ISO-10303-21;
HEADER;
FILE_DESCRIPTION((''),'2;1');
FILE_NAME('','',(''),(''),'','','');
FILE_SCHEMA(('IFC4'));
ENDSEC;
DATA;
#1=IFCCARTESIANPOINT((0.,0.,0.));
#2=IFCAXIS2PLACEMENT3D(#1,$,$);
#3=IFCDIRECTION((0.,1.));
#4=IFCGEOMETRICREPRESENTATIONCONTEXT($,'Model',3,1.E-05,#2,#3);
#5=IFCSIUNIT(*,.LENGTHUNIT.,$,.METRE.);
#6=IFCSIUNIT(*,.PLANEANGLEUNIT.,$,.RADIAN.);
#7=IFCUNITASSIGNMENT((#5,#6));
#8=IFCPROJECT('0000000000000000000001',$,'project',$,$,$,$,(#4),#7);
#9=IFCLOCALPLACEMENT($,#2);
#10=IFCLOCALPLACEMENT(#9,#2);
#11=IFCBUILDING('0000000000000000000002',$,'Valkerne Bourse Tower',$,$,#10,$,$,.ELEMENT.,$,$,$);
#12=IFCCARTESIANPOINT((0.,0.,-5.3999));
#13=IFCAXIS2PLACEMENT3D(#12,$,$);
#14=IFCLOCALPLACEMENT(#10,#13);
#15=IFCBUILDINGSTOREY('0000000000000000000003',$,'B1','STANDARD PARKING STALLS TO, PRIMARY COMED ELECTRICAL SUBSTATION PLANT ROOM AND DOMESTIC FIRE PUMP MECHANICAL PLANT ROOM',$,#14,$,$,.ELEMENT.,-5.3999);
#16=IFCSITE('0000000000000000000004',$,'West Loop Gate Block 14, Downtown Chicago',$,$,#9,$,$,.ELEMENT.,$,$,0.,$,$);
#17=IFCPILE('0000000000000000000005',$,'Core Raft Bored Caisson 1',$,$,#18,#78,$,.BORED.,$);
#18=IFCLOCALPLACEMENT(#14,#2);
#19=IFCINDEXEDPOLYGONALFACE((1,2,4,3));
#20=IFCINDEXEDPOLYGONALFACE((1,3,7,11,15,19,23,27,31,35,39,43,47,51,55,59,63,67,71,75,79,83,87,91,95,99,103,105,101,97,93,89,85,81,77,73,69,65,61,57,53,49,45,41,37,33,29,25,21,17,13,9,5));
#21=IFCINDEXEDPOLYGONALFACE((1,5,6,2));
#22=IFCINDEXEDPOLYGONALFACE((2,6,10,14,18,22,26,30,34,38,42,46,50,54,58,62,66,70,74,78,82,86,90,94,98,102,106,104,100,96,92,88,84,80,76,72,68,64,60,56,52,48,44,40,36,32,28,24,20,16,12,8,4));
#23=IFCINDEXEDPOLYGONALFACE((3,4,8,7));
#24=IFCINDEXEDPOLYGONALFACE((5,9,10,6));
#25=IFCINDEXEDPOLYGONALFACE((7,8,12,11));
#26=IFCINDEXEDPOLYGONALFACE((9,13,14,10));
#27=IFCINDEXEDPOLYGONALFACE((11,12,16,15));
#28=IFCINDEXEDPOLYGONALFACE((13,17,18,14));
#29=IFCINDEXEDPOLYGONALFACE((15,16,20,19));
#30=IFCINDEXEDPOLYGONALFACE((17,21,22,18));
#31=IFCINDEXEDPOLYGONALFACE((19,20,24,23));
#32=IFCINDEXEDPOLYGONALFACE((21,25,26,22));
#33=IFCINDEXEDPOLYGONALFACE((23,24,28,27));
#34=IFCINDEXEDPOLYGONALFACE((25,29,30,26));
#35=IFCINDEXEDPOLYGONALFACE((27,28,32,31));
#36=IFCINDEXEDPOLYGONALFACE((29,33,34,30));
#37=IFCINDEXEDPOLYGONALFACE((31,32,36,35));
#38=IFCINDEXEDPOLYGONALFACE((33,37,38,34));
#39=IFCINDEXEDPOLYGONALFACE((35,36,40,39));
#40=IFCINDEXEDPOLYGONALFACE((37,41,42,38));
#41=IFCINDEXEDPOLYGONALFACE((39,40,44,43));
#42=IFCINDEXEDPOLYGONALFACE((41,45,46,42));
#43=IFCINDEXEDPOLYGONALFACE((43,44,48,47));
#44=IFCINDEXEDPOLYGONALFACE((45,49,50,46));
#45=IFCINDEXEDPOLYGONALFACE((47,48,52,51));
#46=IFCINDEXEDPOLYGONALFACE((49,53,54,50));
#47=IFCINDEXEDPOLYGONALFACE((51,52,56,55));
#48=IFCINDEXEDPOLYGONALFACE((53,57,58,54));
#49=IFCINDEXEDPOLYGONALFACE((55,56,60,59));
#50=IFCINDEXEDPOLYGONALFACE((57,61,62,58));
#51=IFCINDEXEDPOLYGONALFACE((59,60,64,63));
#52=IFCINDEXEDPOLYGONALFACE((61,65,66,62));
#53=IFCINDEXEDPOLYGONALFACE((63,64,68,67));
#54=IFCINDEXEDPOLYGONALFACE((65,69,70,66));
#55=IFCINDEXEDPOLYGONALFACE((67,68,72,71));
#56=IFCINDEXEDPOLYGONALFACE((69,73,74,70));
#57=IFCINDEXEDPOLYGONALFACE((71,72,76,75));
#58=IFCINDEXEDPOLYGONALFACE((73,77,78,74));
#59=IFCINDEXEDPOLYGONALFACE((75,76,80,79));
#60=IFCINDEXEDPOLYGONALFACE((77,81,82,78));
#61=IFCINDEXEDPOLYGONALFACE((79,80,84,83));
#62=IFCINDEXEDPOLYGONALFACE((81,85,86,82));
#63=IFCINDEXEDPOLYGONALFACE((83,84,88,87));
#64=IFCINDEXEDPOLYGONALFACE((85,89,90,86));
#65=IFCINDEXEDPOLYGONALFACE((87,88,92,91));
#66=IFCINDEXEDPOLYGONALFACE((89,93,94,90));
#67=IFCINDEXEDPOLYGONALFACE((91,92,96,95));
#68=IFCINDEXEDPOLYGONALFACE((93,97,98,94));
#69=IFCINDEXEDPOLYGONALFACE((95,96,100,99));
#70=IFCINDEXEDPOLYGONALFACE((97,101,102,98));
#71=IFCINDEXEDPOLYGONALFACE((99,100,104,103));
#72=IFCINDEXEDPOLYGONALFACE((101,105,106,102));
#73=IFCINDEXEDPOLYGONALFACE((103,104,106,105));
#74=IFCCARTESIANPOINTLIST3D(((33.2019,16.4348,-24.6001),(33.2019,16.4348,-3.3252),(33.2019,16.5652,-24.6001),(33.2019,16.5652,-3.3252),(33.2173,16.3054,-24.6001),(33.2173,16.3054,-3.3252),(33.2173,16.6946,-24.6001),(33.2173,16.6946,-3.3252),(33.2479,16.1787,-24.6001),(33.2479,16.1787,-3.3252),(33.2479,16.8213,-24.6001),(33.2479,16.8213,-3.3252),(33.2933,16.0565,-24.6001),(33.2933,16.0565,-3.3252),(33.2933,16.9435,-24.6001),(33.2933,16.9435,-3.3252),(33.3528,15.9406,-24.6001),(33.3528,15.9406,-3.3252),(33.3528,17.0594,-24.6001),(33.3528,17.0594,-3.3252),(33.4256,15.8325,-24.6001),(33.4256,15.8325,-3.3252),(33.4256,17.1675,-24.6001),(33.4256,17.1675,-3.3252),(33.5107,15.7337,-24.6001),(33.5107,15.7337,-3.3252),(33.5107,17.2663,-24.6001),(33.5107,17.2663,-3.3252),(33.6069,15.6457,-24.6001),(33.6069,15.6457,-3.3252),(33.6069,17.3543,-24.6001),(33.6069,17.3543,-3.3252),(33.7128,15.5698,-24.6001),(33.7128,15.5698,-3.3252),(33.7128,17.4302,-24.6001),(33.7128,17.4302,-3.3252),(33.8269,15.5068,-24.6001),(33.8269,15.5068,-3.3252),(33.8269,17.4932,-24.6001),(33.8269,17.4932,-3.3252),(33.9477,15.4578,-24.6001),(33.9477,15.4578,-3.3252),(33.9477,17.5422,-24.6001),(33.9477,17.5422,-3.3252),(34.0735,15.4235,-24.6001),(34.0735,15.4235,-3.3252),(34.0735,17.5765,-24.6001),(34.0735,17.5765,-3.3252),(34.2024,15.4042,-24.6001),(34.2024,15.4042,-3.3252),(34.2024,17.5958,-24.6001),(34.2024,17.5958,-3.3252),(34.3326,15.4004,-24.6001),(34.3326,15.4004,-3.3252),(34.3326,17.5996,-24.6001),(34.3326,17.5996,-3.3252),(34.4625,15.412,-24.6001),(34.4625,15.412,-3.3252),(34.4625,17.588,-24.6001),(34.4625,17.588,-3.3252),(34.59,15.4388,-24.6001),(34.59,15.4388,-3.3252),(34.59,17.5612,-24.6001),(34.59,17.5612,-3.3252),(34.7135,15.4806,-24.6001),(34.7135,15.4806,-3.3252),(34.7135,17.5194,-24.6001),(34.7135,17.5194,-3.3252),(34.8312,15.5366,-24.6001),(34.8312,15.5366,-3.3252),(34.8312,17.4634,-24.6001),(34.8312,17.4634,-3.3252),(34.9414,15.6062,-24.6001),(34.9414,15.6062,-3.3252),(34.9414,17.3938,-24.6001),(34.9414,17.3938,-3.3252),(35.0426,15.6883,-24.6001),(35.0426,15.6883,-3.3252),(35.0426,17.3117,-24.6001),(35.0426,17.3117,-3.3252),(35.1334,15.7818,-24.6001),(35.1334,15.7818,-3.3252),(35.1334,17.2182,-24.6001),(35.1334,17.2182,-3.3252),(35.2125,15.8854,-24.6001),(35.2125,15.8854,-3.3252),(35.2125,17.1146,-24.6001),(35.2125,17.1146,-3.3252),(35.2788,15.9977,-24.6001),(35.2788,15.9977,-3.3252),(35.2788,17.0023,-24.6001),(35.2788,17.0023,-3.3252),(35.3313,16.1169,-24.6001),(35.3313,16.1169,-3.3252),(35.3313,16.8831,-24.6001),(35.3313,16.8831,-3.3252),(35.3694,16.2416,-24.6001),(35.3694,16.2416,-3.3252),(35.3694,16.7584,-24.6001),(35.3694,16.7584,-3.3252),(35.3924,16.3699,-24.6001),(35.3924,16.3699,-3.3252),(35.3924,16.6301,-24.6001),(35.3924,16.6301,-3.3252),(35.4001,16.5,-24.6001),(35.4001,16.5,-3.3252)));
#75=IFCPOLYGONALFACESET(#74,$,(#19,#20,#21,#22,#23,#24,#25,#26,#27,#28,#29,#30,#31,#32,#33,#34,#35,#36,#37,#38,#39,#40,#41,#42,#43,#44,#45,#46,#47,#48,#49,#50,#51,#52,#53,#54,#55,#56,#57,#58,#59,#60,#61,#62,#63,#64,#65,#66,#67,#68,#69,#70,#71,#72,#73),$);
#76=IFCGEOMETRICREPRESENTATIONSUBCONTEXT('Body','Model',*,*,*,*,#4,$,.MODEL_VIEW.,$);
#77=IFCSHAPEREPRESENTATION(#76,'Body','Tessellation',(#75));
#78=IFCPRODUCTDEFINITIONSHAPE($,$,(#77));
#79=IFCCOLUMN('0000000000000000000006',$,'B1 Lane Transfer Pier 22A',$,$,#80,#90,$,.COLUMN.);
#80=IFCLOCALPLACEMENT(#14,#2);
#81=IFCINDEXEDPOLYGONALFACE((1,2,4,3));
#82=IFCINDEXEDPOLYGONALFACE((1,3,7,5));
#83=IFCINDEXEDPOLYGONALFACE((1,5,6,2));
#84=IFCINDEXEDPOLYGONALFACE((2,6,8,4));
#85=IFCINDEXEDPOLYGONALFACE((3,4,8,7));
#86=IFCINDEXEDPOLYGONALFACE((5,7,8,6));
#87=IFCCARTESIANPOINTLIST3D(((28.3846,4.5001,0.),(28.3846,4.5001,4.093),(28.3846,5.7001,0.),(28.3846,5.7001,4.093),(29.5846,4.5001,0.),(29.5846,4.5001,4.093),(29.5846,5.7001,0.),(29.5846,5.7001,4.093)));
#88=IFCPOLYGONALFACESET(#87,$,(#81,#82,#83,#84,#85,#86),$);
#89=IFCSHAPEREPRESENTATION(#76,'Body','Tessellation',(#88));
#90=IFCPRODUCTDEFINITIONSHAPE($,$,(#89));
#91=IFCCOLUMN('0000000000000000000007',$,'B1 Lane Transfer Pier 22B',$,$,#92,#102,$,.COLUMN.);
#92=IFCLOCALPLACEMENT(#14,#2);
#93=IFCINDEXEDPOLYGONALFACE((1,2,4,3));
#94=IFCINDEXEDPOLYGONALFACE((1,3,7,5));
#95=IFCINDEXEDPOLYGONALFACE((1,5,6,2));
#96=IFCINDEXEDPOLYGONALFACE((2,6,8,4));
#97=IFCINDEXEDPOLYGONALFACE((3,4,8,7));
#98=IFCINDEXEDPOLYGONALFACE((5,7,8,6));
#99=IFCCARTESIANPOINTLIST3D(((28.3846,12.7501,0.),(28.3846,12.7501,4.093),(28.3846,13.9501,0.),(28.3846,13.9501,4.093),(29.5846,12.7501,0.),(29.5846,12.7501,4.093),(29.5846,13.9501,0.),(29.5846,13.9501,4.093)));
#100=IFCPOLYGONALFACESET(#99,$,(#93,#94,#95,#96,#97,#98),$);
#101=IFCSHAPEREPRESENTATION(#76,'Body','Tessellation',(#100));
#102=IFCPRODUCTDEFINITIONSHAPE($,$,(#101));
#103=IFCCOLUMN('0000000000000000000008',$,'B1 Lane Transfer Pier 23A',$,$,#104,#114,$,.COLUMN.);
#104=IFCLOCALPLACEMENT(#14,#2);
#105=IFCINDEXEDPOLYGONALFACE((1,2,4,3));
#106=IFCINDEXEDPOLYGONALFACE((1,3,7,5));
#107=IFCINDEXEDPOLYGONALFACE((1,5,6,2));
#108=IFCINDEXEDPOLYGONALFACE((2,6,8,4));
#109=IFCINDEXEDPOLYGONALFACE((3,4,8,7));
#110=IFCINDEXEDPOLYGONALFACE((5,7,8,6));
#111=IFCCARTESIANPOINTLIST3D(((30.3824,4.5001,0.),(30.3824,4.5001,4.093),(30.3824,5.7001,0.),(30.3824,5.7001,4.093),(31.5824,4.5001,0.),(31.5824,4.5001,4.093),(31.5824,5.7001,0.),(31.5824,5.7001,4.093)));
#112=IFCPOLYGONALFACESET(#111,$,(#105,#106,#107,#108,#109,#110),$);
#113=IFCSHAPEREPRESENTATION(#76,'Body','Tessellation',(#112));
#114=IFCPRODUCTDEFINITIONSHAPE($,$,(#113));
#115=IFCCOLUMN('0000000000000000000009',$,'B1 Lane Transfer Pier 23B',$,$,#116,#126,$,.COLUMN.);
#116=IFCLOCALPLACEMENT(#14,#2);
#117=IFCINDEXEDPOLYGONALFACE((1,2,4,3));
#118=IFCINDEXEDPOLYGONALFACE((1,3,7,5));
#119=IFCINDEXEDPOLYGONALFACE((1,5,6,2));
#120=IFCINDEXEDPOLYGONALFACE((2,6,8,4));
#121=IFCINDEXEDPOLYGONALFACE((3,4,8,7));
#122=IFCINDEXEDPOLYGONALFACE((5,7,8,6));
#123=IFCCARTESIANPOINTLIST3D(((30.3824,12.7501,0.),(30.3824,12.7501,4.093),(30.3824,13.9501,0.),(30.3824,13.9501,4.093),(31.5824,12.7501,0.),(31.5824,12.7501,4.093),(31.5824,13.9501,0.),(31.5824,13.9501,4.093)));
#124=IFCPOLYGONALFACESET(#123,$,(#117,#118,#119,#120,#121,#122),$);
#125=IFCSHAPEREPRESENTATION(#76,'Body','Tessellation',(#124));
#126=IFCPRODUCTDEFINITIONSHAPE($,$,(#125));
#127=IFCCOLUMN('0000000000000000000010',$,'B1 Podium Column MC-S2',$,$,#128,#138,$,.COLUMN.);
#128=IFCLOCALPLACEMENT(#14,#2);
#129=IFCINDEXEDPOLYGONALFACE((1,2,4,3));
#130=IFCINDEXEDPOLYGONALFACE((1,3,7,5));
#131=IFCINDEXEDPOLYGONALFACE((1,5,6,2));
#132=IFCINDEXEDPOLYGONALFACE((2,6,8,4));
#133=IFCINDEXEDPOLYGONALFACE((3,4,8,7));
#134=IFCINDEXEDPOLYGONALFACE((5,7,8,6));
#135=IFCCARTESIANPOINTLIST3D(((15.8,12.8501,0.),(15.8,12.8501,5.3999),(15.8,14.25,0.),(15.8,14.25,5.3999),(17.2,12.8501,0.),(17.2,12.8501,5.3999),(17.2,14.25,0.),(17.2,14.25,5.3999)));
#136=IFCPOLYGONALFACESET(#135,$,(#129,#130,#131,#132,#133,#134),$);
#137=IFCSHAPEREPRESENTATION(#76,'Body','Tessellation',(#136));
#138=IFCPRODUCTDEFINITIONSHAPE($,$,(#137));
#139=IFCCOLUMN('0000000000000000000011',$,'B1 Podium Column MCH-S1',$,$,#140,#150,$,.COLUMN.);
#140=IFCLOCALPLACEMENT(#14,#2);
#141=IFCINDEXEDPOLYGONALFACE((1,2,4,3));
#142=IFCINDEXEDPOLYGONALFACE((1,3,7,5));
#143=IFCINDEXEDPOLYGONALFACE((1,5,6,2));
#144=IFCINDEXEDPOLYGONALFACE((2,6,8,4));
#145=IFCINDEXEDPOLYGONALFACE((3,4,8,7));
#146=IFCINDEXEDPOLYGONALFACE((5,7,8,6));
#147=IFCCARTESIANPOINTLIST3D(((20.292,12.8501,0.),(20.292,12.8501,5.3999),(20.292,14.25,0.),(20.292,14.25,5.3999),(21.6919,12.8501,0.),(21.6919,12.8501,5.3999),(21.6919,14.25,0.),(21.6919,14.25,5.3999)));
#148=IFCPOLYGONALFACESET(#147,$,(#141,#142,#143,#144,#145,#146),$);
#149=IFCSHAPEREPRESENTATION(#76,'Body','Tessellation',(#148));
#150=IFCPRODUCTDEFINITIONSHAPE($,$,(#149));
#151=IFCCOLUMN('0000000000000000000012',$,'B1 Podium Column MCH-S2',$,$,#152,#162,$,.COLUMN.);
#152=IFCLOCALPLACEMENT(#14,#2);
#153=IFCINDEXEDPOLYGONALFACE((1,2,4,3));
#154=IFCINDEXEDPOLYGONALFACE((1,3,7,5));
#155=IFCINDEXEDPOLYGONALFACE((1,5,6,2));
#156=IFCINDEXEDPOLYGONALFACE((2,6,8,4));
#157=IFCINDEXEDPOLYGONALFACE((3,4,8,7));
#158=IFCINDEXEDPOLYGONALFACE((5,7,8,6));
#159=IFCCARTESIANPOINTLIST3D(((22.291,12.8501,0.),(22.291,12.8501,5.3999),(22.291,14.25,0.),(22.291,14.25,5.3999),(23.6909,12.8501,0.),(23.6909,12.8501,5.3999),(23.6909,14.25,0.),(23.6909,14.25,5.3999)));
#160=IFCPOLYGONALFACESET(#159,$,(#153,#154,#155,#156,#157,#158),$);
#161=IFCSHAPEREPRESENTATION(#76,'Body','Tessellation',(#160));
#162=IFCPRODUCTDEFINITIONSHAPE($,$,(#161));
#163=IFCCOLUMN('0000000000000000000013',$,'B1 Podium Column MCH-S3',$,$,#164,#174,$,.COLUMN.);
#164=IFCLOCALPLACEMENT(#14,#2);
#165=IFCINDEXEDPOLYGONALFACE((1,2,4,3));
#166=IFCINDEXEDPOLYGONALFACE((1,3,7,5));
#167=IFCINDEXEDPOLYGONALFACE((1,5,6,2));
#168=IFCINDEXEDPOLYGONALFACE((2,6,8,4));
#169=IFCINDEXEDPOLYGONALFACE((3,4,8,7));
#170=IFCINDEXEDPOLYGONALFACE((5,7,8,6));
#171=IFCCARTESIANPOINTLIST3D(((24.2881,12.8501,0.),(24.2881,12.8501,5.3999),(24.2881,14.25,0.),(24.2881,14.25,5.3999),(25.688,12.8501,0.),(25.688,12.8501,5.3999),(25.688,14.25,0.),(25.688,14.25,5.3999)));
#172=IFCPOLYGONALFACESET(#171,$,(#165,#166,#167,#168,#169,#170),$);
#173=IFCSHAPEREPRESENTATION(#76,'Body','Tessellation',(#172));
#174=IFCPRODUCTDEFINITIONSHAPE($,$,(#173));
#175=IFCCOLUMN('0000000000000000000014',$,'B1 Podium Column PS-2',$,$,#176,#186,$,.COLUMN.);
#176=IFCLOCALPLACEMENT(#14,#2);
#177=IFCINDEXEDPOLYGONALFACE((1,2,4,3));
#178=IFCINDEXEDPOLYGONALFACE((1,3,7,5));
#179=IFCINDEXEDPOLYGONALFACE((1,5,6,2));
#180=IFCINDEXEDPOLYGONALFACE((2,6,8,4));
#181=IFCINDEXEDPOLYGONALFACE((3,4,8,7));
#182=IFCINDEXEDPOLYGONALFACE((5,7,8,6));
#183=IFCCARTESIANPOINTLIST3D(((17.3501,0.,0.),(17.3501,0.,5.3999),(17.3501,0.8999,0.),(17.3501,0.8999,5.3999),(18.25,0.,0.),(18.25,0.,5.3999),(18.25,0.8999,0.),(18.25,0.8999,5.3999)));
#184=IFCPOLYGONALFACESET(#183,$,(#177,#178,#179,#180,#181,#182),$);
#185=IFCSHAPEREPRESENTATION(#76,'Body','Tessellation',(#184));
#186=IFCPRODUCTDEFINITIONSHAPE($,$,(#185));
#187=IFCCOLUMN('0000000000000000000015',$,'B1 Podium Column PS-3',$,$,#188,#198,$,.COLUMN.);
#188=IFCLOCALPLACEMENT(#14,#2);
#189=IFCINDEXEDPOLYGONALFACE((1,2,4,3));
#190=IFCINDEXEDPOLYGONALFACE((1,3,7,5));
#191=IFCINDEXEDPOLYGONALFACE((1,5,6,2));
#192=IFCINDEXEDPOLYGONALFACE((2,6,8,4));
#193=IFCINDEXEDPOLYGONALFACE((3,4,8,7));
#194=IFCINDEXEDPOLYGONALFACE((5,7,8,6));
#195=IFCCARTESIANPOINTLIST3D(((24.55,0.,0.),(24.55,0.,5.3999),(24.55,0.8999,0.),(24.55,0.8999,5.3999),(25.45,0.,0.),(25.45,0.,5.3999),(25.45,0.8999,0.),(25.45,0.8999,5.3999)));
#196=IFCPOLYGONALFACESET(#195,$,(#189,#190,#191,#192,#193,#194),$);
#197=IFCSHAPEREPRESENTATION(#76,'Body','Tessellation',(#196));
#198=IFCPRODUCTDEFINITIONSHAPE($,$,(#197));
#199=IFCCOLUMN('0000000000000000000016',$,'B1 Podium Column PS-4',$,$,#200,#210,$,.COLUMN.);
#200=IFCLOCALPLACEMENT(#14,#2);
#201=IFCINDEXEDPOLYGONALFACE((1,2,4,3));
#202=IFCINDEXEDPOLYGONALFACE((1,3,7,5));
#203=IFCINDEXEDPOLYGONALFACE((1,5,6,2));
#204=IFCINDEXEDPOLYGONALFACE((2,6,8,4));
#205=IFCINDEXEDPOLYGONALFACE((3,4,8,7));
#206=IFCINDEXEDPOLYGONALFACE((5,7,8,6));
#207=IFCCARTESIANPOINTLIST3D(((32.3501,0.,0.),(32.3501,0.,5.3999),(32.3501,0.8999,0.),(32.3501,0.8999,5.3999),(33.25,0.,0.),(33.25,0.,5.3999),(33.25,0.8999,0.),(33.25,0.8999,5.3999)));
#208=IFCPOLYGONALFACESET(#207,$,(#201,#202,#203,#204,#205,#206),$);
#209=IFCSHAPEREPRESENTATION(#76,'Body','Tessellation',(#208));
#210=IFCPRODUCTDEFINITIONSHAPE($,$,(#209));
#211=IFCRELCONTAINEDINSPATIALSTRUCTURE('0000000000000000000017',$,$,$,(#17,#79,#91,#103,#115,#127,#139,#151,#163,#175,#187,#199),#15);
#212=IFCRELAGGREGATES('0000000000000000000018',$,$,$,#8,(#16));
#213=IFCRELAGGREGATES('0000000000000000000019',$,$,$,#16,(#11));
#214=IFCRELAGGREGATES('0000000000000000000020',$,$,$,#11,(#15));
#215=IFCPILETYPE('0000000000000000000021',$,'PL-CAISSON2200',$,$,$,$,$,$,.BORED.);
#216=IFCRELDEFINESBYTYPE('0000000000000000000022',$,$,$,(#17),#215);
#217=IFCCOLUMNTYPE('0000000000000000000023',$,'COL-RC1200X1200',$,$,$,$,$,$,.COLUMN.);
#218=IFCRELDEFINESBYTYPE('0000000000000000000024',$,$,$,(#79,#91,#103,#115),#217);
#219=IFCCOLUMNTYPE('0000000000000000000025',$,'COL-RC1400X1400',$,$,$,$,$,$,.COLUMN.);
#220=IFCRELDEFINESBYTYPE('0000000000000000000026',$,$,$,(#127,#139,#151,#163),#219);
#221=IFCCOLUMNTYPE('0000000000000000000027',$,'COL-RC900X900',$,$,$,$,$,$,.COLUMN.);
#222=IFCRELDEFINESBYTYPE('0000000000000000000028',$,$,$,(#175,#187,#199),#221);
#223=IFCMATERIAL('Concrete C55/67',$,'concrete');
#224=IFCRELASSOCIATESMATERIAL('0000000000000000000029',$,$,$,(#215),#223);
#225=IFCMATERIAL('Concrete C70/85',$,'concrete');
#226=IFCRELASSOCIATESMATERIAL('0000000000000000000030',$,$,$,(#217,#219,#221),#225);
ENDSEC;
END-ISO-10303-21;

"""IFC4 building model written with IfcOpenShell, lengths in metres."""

from ifc_helpers import new_model, si_unit, direction, frame, origin, origin_2d, place, context, subcontext, project, spatial, rectangle, circle, extrude, material, material_profile, profile_set, type_object, element, save


model = new_model("IFC4")

# Units and contexts
model_context = context("Model", 3, precision=1e-05, world=origin(), true_north=direction((0.0, 1.0)))
body_context = subcontext(model_context, "Body", "Model", "MODEL_VIEW")
ifc_project = project(units=[si_unit("LENGTHUNIT", "METRE"), si_unit("PLANEANGLEUNIT", "RADIAN")], contexts=[model_context])

# Site, building, storey
site_placement = place(None, origin())
site = spatial("IfcSite", under=ifc_project, at=site_placement, Name="West Loop Gate Block 14, Downtown Chicago", CompositionType="ELEMENT", RefElevation=0.0)
building_placement = place(site_placement, origin())
building = spatial("IfcBuilding", under=site, at=building_placement, Name="Valkerne Bourse Tower", CompositionType="ELEMENT")
storey_placement = place(building_placement, frame((0.0, 0.0, -5.3999)))
storey = spatial("IfcBuildingStorey", under=building, at=storey_placement, Name="B1", Description="STANDARD PARKING STALLS TO, PRIMARY COMED ELECTRICAL SUBSTATION PLANT ROOM AND DOMESTIC FIRE PUMP MECHANICAL PLANT ROOM", CompositionType="ELEMENT", Elevation=-5.3999)

# Shared definitions
ifc_material_1 = material(Name="Concrete C55/67", Category="concrete")

# Pile
ifc_material_profile_1 = material_profile(ifc_material_1, circle(Radius=1.1001, at=origin_2d()), Name="CAISSON2200")
ifc_profile_set_1 = profile_set([ifc_material_profile_1], Name="Concrete C55/67")
pile_type_1 = type_object("IfcPileType", Name="PL-CAISSON2200", PredefinedType="BORED", material=ifc_profile_set_1)
pile_placement = place(storey_placement, frame((34.3, 16.5, -3.3252), z_axis=(0.0, 0.0, -1.0), x_axis=(1.0, 0.0, 0.0)))
element("IfcPile", 1, at=pile_placement, inside=storey, type_object=pile_type_1, Name="Core Raft Bored Caisson 1", PredefinedType="BORED", context=body_context, shape_type="SweptSolid", body=[
    extrude(circle(Radius=1.1001, at=origin_2d()), origin(), (0.0, 0.0, 1.0), 21.2749),
])

# Columns
ifc_material_2 = material(Name="Concrete C70/85", Category="concrete")
ifc_material_profile_2 = material_profile(ifc_material_2, rectangle(XDim=1.2, YDim=1.2, at=origin_2d()), Name="RC1200X1200")
ifc_profile_set_2 = profile_set([ifc_material_profile_2], Name="Concrete C70/85")
column_type_1 = type_object("IfcColumnType", Name="COL-RC1200X1200", PredefinedType="COLUMN", material=ifc_profile_set_2)
for number, where, z_axis, x_axis, name in (
    (2, (28.9846, 5.1001, 0.0), (0.0, 0.0, 1.0), (1.0, 0.0, 0.0), "B1 Lane Transfer Pier 22A"),
    (3, (28.9846, 13.3501, 0.0), (0.0, 0.0, 1.0), (1.0, 0.0, 0.0), "B1 Lane Transfer Pier 22B"),
    (4, (30.9824, 5.1001, 0.0), (0.0, 0.0, 1.0), (1.0, 0.0, 0.0), "B1 Lane Transfer Pier 23A"),
    (5, (30.9824, 13.3501, 0.0), (0.0, 0.0, 1.0), (1.0, 0.0, 0.0), "B1 Lane Transfer Pier 23B"),
):
    element("IfcColumn", number, at=place(storey_placement, frame(where, z_axis=z_axis, x_axis=x_axis)), inside=storey, type_object=column_type_1, Name=name, PredefinedType="COLUMN", context=body_context, shape_type="SweptSolid", body=[
        extrude(rectangle(XDim=1.2, YDim=1.2, at=origin_2d()), origin(), (0.0, 0.0, 1.0), 4.093),
    ])
ifc_material_profile_3 = material_profile(ifc_material_2, rectangle(XDim=1.3999, YDim=1.3999, at=origin_2d()), Name="RC1400X1400")
ifc_profile_set_3 = profile_set([ifc_material_profile_3], Name="Concrete C70/85")
column_type_2 = type_object("IfcColumnType", Name="COL-RC1400X1400", PredefinedType="COLUMN", material=ifc_profile_set_3)
for number, where, z_axis, x_axis, name in (
    (6, (16.5, 13.55, 0.0), (0.0, 0.0, 1.0), (1.0, 0.0, 0.0), "B1 Podium Column MC-S2"),
    (7, (20.9919, 13.55, 0.0), (0.0, 0.0, 1.0), (1.0, 0.0, 0.0), "B1 Podium Column MCH-S1"),
    (8, (22.991, 13.55, 0.0), (0.0, 0.0, 1.0), (1.0, 0.0, 0.0), "B1 Podium Column MCH-S2"),
    (9, (24.988, 13.55, 0.0), (0.0, 0.0, 1.0), (1.0, 0.0, 0.0), "B1 Podium Column MCH-S3"),
):
    element("IfcColumn", number, at=place(storey_placement, frame(where, z_axis=z_axis, x_axis=x_axis)), inside=storey, type_object=column_type_2, Name=name, PredefinedType="COLUMN", context=body_context, shape_type="SweptSolid", body=[
        extrude(rectangle(XDim=1.3999, YDim=1.3999, at=origin_2d()), origin(), (0.0, 0.0, 1.0), 5.3999),
    ])
ifc_material_profile_4 = material_profile(ifc_material_2, rectangle(XDim=0.8999, YDim=0.8999, at=origin_2d()), Name="RC900X900")
ifc_profile_set_4 = profile_set([ifc_material_profile_4], Name="Concrete C70/85")
column_type_3 = type_object("IfcColumnType", Name="COL-RC900X900", PredefinedType="COLUMN", material=ifc_profile_set_4)
for number, where, z_axis, x_axis, name in (
    (10, (17.8, 0.45, 0.0), (0.0, 0.0, 1.0), (1.0, 0.0, 0.0), "B1 Podium Column PS-2"),
    (11, (25.0, 0.45, 0.0), (0.0, 0.0, 1.0), (1.0, 0.0, 0.0), "B1 Podium Column PS-3"),
    (12, (32.8, 0.45, 0.0), (0.0, 0.0, 1.0), (1.0, 0.0, 0.0), "B1 Podium Column PS-4"),
):
    element("IfcColumn", number, at=place(storey_placement, frame(where, z_axis=z_axis, x_axis=x_axis)), inside=storey, type_object=column_type_3, Name=name, PredefinedType="COLUMN", context=body_context, shape_type="SweptSolid", body=[
        extrude(rectangle(XDim=0.8999, YDim=0.8999, at=origin_2d()), origin(), (0.0, 0.0, 1.0), 5.3999),
    ])

save(model, "model.ifc")
